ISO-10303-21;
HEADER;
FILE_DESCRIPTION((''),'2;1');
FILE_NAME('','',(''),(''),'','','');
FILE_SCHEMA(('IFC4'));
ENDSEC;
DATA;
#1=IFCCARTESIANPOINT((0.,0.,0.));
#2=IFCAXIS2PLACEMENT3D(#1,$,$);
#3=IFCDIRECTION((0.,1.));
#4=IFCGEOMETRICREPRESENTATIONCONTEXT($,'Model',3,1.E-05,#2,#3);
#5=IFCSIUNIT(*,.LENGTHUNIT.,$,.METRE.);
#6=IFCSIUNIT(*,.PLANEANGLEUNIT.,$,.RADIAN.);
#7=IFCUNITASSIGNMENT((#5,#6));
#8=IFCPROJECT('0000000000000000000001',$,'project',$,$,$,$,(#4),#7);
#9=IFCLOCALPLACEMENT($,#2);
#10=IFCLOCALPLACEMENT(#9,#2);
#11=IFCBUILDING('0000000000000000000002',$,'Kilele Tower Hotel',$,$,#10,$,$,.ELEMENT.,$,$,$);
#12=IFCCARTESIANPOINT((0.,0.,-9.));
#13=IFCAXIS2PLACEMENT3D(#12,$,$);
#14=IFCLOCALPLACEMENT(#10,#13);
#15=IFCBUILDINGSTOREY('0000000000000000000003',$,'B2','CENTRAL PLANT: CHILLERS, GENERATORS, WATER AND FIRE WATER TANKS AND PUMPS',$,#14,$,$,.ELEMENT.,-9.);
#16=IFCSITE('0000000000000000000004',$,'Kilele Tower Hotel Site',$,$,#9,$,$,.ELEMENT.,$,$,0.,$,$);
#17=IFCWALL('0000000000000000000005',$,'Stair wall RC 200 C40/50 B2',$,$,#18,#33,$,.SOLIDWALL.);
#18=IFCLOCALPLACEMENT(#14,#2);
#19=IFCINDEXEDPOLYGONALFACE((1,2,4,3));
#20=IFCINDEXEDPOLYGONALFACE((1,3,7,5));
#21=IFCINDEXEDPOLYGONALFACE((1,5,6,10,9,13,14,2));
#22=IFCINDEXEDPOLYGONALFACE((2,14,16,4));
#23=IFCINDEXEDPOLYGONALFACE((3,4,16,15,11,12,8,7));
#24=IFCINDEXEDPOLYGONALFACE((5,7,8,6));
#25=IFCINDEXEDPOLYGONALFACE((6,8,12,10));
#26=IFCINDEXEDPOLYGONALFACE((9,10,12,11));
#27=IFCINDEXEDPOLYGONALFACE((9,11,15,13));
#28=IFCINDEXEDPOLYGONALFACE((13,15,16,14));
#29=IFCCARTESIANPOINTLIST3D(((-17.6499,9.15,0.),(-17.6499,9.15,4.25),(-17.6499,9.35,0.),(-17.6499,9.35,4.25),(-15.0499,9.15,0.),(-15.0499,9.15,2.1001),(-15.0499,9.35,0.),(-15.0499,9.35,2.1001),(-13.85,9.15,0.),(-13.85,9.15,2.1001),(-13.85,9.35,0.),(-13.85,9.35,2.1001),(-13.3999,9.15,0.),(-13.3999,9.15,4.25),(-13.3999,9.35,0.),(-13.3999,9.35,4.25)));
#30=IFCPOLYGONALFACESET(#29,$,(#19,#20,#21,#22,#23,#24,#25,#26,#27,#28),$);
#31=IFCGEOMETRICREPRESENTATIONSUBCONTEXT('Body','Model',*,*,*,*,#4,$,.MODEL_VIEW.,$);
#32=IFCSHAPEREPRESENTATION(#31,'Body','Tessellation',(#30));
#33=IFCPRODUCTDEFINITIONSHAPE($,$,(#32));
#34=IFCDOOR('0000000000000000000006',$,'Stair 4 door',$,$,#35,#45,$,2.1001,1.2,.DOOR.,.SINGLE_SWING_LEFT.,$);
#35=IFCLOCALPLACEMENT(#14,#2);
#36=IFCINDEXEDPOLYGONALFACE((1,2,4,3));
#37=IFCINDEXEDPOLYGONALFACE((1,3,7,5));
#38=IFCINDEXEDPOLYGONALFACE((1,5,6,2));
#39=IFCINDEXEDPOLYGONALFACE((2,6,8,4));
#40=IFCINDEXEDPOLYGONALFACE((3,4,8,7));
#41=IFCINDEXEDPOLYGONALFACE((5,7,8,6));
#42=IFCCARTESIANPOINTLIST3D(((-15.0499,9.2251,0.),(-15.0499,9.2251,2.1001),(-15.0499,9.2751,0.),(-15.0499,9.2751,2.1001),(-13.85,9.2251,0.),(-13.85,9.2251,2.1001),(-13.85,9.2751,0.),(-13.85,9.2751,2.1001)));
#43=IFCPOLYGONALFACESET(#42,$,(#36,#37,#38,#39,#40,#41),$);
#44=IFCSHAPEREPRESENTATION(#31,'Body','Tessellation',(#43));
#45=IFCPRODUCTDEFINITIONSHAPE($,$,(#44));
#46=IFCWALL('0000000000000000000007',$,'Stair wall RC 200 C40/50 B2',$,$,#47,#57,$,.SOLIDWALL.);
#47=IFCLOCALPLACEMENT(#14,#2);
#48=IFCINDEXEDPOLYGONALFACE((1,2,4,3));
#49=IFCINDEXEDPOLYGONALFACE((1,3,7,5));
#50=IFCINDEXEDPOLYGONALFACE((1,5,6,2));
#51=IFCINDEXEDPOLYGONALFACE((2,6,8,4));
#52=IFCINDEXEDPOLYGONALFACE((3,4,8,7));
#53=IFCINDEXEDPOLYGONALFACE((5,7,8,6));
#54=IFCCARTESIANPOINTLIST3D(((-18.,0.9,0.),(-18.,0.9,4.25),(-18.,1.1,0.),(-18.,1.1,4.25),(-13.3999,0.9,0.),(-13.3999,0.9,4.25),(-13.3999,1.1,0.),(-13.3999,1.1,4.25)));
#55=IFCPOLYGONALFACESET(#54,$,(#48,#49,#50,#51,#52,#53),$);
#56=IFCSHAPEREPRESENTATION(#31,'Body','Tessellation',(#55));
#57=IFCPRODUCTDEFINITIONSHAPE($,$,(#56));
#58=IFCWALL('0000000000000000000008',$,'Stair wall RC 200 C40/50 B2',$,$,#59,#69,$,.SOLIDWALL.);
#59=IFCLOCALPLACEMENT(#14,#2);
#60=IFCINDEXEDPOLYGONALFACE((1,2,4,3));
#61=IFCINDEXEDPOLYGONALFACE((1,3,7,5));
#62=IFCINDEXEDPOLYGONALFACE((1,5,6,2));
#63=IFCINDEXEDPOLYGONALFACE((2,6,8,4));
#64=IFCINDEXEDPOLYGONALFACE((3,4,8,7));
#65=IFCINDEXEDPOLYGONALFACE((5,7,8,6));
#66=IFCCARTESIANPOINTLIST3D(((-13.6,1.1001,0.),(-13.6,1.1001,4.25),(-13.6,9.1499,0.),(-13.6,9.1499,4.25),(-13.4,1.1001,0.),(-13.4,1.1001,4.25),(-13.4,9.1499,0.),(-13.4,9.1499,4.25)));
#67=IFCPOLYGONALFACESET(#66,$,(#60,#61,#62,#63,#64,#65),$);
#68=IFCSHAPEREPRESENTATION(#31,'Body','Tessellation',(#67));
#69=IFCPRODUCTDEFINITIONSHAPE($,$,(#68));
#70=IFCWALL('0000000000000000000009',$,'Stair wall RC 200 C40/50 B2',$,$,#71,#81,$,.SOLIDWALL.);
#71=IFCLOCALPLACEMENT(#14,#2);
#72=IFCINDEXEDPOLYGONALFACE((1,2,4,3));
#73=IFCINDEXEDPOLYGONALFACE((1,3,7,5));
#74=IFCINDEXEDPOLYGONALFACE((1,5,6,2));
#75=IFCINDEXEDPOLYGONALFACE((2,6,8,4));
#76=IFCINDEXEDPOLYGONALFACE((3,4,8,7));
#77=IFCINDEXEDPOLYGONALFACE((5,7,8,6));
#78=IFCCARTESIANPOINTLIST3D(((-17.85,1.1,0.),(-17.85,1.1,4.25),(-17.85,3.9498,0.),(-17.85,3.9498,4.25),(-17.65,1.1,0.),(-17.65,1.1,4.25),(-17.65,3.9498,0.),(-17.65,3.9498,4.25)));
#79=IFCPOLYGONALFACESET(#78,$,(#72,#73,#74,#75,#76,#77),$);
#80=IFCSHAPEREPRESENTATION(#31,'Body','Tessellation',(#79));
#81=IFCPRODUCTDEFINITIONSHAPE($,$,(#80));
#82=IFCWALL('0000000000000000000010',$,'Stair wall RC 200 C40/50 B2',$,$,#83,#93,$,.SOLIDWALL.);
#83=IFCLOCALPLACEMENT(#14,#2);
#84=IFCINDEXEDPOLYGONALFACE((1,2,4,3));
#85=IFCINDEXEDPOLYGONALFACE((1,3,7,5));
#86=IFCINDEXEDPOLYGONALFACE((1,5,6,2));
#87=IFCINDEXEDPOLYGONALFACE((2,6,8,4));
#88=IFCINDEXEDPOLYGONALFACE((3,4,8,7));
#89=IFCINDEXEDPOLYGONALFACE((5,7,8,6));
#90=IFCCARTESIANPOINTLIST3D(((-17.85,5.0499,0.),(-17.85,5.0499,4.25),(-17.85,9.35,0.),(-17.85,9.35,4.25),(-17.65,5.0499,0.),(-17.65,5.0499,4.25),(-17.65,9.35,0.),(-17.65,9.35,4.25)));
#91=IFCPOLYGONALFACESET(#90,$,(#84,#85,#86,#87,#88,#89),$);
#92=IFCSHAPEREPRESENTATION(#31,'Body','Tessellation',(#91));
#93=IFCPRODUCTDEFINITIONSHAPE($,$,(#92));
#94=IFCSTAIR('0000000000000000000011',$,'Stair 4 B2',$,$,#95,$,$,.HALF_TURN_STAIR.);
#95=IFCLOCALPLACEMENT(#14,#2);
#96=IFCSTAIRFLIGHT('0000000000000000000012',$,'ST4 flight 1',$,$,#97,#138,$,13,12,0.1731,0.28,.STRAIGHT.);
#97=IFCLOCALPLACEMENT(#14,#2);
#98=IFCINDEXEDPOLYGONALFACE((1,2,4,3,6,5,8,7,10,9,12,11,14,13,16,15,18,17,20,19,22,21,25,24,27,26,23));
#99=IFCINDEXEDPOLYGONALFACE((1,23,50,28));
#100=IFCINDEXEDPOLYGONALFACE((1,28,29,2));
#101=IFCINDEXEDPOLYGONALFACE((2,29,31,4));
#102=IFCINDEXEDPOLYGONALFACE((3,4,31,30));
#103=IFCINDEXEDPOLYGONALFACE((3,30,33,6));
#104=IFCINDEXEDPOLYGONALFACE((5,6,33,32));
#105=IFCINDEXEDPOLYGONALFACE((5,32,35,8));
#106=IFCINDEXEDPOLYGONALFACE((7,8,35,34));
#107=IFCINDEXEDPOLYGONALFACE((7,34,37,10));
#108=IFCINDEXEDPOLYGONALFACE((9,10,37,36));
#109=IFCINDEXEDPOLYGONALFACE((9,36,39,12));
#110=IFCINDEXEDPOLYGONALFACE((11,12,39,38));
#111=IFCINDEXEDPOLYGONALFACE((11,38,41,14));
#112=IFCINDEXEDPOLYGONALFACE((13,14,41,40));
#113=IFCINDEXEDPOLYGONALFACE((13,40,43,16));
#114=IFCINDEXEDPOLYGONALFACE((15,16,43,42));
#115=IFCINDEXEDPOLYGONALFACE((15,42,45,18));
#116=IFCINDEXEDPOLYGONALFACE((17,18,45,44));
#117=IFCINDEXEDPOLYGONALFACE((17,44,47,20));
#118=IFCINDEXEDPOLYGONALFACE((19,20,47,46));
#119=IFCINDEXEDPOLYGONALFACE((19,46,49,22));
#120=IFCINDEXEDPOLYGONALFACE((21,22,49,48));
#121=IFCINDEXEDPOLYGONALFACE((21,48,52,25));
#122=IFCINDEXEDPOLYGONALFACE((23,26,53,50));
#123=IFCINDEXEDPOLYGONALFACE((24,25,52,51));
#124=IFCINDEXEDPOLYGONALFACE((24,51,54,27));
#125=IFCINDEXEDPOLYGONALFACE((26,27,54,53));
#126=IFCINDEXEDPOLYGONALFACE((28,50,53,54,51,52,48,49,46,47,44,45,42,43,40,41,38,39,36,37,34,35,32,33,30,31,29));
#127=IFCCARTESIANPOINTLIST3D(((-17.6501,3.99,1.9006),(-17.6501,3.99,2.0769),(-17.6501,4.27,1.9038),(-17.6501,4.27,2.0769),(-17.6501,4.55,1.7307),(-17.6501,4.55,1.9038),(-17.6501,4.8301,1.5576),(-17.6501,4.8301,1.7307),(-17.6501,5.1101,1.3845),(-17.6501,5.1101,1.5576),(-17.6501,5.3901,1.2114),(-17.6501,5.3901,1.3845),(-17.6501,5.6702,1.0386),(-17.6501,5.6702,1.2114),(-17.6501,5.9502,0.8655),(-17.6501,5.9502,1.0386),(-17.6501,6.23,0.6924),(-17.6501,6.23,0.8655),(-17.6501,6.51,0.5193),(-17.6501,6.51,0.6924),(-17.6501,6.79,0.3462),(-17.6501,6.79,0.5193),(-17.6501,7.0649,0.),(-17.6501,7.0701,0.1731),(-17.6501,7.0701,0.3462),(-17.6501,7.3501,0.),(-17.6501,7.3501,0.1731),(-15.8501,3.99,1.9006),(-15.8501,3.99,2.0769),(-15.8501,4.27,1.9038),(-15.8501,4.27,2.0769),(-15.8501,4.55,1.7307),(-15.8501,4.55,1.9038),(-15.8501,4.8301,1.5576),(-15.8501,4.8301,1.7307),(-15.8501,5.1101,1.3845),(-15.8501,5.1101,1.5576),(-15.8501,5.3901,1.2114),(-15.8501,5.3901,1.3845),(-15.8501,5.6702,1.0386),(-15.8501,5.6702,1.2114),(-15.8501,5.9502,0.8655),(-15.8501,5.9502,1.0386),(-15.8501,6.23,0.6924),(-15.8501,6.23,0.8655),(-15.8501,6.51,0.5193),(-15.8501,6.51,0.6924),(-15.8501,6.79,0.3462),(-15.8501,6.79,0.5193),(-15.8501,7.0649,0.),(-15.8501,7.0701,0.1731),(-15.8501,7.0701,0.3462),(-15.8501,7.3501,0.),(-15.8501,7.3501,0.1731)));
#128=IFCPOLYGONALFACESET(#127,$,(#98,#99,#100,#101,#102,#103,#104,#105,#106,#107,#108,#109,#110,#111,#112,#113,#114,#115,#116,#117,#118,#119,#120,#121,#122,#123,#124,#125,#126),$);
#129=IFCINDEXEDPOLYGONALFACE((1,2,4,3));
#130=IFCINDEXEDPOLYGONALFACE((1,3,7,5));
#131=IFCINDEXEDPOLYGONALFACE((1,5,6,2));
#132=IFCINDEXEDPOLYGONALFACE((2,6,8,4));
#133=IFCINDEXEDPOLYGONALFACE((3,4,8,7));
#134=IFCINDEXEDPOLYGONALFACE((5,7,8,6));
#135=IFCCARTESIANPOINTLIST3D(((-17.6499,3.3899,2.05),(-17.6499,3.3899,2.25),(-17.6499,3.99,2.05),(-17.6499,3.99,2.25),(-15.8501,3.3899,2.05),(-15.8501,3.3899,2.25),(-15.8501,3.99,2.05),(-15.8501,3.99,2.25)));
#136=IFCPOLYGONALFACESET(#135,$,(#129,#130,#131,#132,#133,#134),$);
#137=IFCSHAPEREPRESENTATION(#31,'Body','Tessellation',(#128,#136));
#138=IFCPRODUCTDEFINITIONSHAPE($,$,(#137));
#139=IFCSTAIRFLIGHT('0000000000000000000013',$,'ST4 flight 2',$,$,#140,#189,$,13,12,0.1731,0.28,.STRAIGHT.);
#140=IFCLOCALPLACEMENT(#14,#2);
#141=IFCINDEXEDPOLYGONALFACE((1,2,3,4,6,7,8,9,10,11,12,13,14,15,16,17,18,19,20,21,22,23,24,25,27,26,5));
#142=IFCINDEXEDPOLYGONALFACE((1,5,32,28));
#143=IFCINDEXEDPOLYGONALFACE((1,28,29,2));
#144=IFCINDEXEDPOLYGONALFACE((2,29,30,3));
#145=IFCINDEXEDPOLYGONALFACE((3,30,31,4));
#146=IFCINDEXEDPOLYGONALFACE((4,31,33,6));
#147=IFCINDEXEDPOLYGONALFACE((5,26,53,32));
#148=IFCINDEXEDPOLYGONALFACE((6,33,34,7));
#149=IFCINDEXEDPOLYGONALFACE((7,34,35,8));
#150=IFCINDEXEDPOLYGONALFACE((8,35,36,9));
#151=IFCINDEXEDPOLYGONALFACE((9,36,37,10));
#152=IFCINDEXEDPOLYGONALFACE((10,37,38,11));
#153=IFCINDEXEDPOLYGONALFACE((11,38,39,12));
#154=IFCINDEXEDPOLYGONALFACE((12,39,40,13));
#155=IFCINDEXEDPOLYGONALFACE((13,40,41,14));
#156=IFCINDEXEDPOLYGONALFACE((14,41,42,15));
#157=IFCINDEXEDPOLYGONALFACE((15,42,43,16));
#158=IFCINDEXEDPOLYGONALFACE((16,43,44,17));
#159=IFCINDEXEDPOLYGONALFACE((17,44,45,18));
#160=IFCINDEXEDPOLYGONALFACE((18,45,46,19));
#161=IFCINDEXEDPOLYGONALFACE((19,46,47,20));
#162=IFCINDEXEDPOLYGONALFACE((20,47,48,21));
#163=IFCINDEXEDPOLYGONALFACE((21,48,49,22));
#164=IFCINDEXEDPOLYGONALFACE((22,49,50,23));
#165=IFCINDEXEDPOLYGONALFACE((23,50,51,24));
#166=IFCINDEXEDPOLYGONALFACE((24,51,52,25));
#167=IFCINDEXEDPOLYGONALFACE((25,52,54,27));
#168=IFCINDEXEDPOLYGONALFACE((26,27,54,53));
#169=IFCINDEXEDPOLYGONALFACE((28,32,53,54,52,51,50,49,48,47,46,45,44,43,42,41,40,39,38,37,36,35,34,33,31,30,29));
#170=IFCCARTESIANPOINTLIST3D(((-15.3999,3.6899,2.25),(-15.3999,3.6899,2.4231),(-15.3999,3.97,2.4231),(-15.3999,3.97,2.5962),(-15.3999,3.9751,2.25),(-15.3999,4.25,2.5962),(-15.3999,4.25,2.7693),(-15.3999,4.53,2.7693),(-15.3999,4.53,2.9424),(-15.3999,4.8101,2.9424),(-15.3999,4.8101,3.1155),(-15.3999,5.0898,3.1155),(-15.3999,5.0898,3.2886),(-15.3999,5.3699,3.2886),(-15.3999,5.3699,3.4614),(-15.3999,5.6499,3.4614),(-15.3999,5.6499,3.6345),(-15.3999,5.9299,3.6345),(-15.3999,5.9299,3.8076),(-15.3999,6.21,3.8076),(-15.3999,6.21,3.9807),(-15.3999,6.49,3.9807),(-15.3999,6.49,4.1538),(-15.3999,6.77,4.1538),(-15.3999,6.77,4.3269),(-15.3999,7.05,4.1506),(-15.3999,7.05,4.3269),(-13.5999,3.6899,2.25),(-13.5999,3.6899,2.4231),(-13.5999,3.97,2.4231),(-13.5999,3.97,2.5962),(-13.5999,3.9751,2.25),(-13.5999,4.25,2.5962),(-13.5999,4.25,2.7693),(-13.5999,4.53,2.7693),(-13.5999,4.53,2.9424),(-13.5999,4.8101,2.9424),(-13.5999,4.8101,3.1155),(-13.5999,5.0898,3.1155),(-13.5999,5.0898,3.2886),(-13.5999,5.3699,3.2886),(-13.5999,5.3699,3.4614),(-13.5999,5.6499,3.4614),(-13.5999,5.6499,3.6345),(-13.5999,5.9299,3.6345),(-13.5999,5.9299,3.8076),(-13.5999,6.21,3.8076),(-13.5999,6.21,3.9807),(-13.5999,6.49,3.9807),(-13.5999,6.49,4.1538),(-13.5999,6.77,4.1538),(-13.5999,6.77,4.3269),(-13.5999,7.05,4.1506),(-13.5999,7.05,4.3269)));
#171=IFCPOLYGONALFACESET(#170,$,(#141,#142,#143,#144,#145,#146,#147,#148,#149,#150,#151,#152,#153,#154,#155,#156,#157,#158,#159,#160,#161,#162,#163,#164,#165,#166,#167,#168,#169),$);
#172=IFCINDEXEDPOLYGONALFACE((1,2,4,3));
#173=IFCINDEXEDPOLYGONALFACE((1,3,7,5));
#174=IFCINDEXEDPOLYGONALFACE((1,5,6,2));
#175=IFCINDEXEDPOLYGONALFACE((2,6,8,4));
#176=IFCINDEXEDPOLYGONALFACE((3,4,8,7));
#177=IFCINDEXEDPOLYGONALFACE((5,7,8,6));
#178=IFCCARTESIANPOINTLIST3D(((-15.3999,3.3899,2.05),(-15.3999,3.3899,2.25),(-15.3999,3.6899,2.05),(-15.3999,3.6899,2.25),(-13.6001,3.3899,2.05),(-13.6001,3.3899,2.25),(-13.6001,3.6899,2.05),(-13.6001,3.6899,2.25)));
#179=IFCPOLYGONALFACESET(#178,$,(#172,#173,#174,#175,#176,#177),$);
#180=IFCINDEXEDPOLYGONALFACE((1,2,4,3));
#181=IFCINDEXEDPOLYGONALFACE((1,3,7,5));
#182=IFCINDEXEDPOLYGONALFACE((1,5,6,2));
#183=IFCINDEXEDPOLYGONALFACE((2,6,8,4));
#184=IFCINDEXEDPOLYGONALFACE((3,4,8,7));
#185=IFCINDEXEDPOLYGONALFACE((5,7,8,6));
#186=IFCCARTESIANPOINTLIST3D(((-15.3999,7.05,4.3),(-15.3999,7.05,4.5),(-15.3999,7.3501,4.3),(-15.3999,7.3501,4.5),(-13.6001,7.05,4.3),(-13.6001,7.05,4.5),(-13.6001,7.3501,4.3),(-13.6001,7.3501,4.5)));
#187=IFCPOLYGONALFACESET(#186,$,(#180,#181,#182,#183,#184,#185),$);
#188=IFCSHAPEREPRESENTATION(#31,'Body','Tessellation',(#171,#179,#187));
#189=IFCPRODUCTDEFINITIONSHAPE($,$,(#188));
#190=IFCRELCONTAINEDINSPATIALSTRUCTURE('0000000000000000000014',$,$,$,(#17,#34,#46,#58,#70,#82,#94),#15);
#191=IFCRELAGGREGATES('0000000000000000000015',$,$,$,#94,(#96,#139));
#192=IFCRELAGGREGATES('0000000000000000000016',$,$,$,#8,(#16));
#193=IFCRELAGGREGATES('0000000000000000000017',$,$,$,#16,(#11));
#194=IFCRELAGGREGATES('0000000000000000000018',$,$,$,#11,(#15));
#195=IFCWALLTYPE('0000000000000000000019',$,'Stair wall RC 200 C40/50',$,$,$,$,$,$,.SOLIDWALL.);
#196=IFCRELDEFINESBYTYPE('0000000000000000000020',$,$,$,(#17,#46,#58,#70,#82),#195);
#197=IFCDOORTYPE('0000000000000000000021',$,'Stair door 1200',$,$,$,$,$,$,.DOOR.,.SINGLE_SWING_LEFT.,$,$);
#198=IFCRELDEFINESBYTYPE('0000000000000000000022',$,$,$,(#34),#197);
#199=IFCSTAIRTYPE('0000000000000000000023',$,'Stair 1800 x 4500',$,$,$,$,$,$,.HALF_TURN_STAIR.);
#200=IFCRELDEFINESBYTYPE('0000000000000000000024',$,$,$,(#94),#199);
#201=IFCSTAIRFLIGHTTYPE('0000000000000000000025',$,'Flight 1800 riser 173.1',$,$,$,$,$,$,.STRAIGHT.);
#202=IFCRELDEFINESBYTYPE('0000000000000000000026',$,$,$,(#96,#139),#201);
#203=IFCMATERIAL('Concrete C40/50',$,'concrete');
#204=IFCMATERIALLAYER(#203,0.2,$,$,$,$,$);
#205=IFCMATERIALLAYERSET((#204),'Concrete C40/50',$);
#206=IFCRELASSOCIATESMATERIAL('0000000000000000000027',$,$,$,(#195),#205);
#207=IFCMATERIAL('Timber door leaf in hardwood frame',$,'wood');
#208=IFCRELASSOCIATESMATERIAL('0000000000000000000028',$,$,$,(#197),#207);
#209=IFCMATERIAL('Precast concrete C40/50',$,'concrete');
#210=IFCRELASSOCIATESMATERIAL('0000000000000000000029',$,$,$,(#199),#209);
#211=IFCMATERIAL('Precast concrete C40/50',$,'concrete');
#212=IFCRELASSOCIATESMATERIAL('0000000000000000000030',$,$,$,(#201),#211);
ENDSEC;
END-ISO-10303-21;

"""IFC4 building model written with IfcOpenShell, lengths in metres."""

from ifc_helpers import new_model, si_unit, direction, frame, frame_2d, origin, place, context, subcontext, project, spatial, polyline, rectangle, outline, extrude, material, layer, layer_set, type_object, element, fill, aggregate, save


model = new_model("IFC4")

# Units and contexts
model_context = context("Model", 3, precision=1e-05, world=origin(), true_north=direction((0.0, 1.0)))
body_context = subcontext(model_context, "Body", "Model", "MODEL_VIEW")
ifc_project = project(units=[si_unit("LENGTHUNIT", "METRE"), si_unit("PLANEANGLEUNIT", "RADIAN")], contexts=[model_context])

# Site, building, storey
site_placement = place(None, origin())
site = spatial("IfcSite", under=ifc_project, at=site_placement, Name="Kilele Tower Hotel Site", CompositionType="ELEMENT", RefElevation=0.0)
building_placement = place(site_placement, origin())
building = spatial("IfcBuilding", under=site, at=building_placement, Name="Kilele Tower Hotel", CompositionType="ELEMENT")
storey_placement = place(building_placement, frame((0.0, 0.0, -9.0)))
storey = spatial("IfcBuildingStorey", under=building, at=storey_placement, Name="B2", Description="CENTRAL PLANT: CHILLERS, GENERATORS, WATER AND FIRE WATER TANKS AND PUMPS", CompositionType="ELEMENT", Elevation=-9.0)

# Wall, opening, door
ifc_material_1 = material(Name="Concrete C40/50", Category="concrete")
ifc_layer_1 = layer(ifc_material_1, 0.2)
ifc_layer_set_1 = layer_set([ifc_layer_1], Name="Concrete C40/50")
wall_type = type_object("IfcWallType", Name="Stair wall RC 200 C40/50", PredefinedType="SOLIDWALL", material=ifc_layer_set_1)
wall_1_placement = place(storey_placement, frame((-17.6499, 9.25, 0.0), z_axis=(0.0, 0.0, 1.0), x_axis=(1.0, 0.0, 0.0)))
wall_1 = element("IfcWall", 1, at=wall_1_placement, inside=storey, type_object=wall_type, Name="Stair wall RC 200 C40/50 B2", PredefinedType="SOLIDWALL", context=body_context, shape_type="SweptSolid", body=[
    extrude(rectangle(XDim=4.25, YDim=0.2, at=frame_2d((2.125, 0.0))), origin(), (0.0, 0.0, 1.0), 4.25),
])
opening_placement = place(wall_1_placement, frame((3.8, 0.0, 0.0), z_axis=(0.0, 0.0, 1.0), x_axis=(-1.0, 0.0, 0.0)))
opening = element("IfcOpeningElement", 2, at=opening_placement, cuts=wall_1, PredefinedType="OPENING", context=body_context, shape_type="SweptSolid", body=[
    extrude(rectangle(XDim=1.2, YDim=2.1001, at=frame_2d((0.6001, 1.05))), frame((0.0, 0.1099, 0.0), z_axis=(0.0, -1.0, 0.0), x_axis=(1.0, 0.0, 0.0)), (0.0, 0.0, 1.0), 0.22),
])
ifc_material_2 = material(Name="Timber door leaf in hardwood frame", Category="wood")
door_type = type_object("IfcDoorType", Name="Stair door 1200", OperationType="SINGLE_SWING_LEFT", PredefinedType="DOOR", material=ifc_material_2)
door_placement = place(opening_placement, origin())
door = element("IfcDoor", 3, at=door_placement, inside=storey, type_object=door_type, Name="Stair 4 door", OperationType="SINGLE_SWING_LEFT", OverallHeight=2.1001, OverallWidth=1.2, PredefinedType="DOOR", context=body_context, shape_type="SweptSolid", body=[
    extrude(rectangle(XDim=1.2, YDim=2.1001, at=frame_2d((0.6001, 1.05))), frame((0.0, 0.0249, 0.0), z_axis=(0.0, -1.0, 0.0), x_axis=(1.0, 0.0, 0.0)), (0.0, 0.0, 1.0), 0.05),
])
fill(opening, door)

# Walls
wall_2_placement = place(storey_placement, frame((-18.0, 1.0, 0.0), z_axis=(0.0, 0.0, 1.0), x_axis=(1.0, 0.0, 0.0)))
element("IfcWall", 4, at=wall_2_placement, inside=storey, type_object=wall_type, Name="Stair wall RC 200 C40/50 B2", PredefinedType="SOLIDWALL", context=body_context, shape_type="SweptSolid", body=[
    extrude(rectangle(XDim=4.6001, YDim=0.2, at=frame_2d((2.3, 0.0))), origin(), (0.0, 0.0, 1.0), 4.25),
])
wall_3_placement = place(storey_placement, frame((-13.5, 1.1001, 0.0), z_axis=(0.0, 0.0, 1.0), x_axis=(0.0, 1.0, 0.0)))
element("IfcWall", 5, at=wall_3_placement, inside=storey, type_object=wall_type, Name="Stair wall RC 200 C40/50 B2", PredefinedType="SOLIDWALL", context=body_context, shape_type="SweptSolid", body=[
    extrude(rectangle(XDim=8.0498, YDim=0.2, at=frame_2d((4.0249, 0.0))), origin(), (0.0, 0.0, 1.0), 4.25),
])
wall_4_placement = place(storey_placement, frame((-17.75, 1.1001, 0.0), z_axis=(0.0, 0.0, 1.0), x_axis=(0.0, 1.0, 0.0)))
element("IfcWall", 6, at=wall_4_placement, inside=storey, type_object=wall_type, Name="Stair wall RC 200 C40/50 B2", PredefinedType="SOLIDWALL", context=body_context, shape_type="SweptSolid", body=[
    extrude(rectangle(XDim=2.8499, YDim=0.2, at=frame_2d((1.4248, 0.0))), origin(), (0.0, 0.0, 1.0), 4.25),
])
wall_5_placement = place(storey_placement, frame((-17.75, 5.05, 0.0), z_axis=(0.0, 0.0, 1.0), x_axis=(0.0, 1.0, 0.0)))
element("IfcWall", 7, at=wall_5_placement, inside=storey, type_object=wall_type, Name="Stair wall RC 200 C40/50 B2", PredefinedType="SOLIDWALL", context=body_context, shape_type="SweptSolid", body=[
    extrude(rectangle(XDim=4.3, YDim=0.2, at=frame_2d((2.1499, 0.0))), origin(), (0.0, 0.0, 1.0), 4.25),
])

# Stair, stair flights
ifc_material_3 = material(Name="Precast concrete C40/50", Category="concrete")
stair_type = type_object("IfcStairType", Name="Stair 1800 x 4500", PredefinedType="HALF_TURN_STAIR", material=ifc_material_3)
stair_placement = place(storey_placement, origin())
stair = element("IfcStair", 8, at=stair_placement, inside=storey, type_object=stair_type, Name="Stair 4 B2", PredefinedType="HALF_TURN_STAIR")
ifc_material_4 = material(Name="Precast concrete C40/50", Category="concrete")
stair_flight_type = type_object("IfcStairFlightType", Name="Flight 1800 riser 173.1", PredefinedType="STRAIGHT", material=ifc_material_4)
stair_flight_1_placement = place(storey_placement, frame((-16.75, 7.3501, 0.0), z_axis=(0.0, 0.0, 1.0), x_axis=(0.0, -1.0, 0.0)))
stair_flight_1 = element("IfcStairFlight", 9, at=stair_flight_1_placement, type_object=stair_flight_type, Name="ST4 flight 1", NumberOfRisers=13, NumberOfTreads=12, PredefinedType="STRAIGHT", RiserHeight=0.1731, TreadLength=0.28, context=body_context, shape_type="SweptSolid", body=[
    extrude(outline(polyline([(0.0, 0.0), (0.0, 0.1731), (0.28, 0.1731), (0.28, 0.3462), (0.5601, 0.3462), (0.5601, 0.5193), (0.8401, 0.5193), (0.8401, 0.6924), (1.1201, 0.6924), (1.1201, 0.8655), (1.3999, 0.8655), (1.3999, 1.0386), (1.6799, 1.0386), (1.6799, 1.2114), (1.96, 1.2114), (1.96, 1.3845), (2.24, 1.3845), (2.24, 1.5576), (2.52, 1.5576), (2.52, 1.7307), (2.8, 1.7307), (2.8, 1.9038), (3.0801, 1.9038), (3.0801, 2.0769), (3.3601, 2.0769), (3.3601, 2.25), (3.3601, 1.9006), (0.2852, 0.0), (0.0, 0.0)])), frame((0.0, 0.8999, 0.0), z_axis=(0.0, -1.0, 0.0), x_axis=(1.0, 0.0, 0.0)), (0.0, 0.0, 1.0), 1.8),
    extrude(outline(polyline([(3.9602, -0.8999), (3.9602, 0.8999), (3.3601, 0.8999), (3.3601, -0.8999), (3.9602, -0.8999)])), frame((0.0, 0.0, 2.05)), (0.0, 0.0, 1.0), 0.2),
])
stair_flight_2_placement = place(storey_placement, frame((-14.5, 3.6899, 2.25), z_axis=(0.0, 0.0, 1.0), x_axis=(0.0, 1.0, 0.0)))
stair_flight_2 = element("IfcStairFlight", 10, at=stair_flight_2_placement, type_object=stair_flight_type, Name="ST4 flight 2", NumberOfRisers=13, NumberOfTreads=12, PredefinedType="STRAIGHT", RiserHeight=0.1731, TreadLength=0.28, context=body_context, shape_type="SweptSolid", body=[
    extrude(outline(polyline([(0.0, 0.0), (0.0, 0.1731), (0.28, 0.1731), (0.28, 0.3462), (0.5601, 0.3462), (0.5601, 0.5193), (0.8401, 0.5193), (0.8401, 0.6924), (1.1201, 0.6924), (1.1201, 0.8655), (1.3999, 0.8655), (1.3999, 1.0386), (1.6799, 1.0386), (1.6799, 1.2114), (1.96, 1.2114), (1.96, 1.3845), (2.24, 1.3845), (2.24, 1.5576), (2.52, 1.5576), (2.52, 1.7307), (2.8, 1.7307), (2.8, 1.9038), (3.0801, 1.9038), (3.0801, 2.0769), (3.3601, 2.0769), (3.3601, 2.25), (3.3601, 1.9006), (0.2852, 0.0), (0.0, 0.0)])), frame((0.0, 0.8999, 0.0), z_axis=(0.0, -1.0, 0.0), x_axis=(1.0, 0.0, 0.0)), (0.0, 0.0, 1.0), 1.8),
    extrude(outline(polyline([(-0.3, 0.8999), (-0.3, -0.8999), (0.0, -0.8999), (0.0, 0.8999), (-0.3, 0.8999)])), frame((0.0, 0.0, -0.2)), (0.0, 0.0, 1.0), 0.2),
    extrude(outline(polyline([(3.3601, 0.8999), (3.3601, -0.8999), (3.6602, -0.8999), (3.6602, 0.8999), (3.3601, 0.8999)])), frame((0.0, 0.0, 2.05)), (0.0, 0.0, 1.0), 0.2),
])
aggregate(stair, [stair_flight_1, stair_flight_2])

save(model, "model.ifc")
